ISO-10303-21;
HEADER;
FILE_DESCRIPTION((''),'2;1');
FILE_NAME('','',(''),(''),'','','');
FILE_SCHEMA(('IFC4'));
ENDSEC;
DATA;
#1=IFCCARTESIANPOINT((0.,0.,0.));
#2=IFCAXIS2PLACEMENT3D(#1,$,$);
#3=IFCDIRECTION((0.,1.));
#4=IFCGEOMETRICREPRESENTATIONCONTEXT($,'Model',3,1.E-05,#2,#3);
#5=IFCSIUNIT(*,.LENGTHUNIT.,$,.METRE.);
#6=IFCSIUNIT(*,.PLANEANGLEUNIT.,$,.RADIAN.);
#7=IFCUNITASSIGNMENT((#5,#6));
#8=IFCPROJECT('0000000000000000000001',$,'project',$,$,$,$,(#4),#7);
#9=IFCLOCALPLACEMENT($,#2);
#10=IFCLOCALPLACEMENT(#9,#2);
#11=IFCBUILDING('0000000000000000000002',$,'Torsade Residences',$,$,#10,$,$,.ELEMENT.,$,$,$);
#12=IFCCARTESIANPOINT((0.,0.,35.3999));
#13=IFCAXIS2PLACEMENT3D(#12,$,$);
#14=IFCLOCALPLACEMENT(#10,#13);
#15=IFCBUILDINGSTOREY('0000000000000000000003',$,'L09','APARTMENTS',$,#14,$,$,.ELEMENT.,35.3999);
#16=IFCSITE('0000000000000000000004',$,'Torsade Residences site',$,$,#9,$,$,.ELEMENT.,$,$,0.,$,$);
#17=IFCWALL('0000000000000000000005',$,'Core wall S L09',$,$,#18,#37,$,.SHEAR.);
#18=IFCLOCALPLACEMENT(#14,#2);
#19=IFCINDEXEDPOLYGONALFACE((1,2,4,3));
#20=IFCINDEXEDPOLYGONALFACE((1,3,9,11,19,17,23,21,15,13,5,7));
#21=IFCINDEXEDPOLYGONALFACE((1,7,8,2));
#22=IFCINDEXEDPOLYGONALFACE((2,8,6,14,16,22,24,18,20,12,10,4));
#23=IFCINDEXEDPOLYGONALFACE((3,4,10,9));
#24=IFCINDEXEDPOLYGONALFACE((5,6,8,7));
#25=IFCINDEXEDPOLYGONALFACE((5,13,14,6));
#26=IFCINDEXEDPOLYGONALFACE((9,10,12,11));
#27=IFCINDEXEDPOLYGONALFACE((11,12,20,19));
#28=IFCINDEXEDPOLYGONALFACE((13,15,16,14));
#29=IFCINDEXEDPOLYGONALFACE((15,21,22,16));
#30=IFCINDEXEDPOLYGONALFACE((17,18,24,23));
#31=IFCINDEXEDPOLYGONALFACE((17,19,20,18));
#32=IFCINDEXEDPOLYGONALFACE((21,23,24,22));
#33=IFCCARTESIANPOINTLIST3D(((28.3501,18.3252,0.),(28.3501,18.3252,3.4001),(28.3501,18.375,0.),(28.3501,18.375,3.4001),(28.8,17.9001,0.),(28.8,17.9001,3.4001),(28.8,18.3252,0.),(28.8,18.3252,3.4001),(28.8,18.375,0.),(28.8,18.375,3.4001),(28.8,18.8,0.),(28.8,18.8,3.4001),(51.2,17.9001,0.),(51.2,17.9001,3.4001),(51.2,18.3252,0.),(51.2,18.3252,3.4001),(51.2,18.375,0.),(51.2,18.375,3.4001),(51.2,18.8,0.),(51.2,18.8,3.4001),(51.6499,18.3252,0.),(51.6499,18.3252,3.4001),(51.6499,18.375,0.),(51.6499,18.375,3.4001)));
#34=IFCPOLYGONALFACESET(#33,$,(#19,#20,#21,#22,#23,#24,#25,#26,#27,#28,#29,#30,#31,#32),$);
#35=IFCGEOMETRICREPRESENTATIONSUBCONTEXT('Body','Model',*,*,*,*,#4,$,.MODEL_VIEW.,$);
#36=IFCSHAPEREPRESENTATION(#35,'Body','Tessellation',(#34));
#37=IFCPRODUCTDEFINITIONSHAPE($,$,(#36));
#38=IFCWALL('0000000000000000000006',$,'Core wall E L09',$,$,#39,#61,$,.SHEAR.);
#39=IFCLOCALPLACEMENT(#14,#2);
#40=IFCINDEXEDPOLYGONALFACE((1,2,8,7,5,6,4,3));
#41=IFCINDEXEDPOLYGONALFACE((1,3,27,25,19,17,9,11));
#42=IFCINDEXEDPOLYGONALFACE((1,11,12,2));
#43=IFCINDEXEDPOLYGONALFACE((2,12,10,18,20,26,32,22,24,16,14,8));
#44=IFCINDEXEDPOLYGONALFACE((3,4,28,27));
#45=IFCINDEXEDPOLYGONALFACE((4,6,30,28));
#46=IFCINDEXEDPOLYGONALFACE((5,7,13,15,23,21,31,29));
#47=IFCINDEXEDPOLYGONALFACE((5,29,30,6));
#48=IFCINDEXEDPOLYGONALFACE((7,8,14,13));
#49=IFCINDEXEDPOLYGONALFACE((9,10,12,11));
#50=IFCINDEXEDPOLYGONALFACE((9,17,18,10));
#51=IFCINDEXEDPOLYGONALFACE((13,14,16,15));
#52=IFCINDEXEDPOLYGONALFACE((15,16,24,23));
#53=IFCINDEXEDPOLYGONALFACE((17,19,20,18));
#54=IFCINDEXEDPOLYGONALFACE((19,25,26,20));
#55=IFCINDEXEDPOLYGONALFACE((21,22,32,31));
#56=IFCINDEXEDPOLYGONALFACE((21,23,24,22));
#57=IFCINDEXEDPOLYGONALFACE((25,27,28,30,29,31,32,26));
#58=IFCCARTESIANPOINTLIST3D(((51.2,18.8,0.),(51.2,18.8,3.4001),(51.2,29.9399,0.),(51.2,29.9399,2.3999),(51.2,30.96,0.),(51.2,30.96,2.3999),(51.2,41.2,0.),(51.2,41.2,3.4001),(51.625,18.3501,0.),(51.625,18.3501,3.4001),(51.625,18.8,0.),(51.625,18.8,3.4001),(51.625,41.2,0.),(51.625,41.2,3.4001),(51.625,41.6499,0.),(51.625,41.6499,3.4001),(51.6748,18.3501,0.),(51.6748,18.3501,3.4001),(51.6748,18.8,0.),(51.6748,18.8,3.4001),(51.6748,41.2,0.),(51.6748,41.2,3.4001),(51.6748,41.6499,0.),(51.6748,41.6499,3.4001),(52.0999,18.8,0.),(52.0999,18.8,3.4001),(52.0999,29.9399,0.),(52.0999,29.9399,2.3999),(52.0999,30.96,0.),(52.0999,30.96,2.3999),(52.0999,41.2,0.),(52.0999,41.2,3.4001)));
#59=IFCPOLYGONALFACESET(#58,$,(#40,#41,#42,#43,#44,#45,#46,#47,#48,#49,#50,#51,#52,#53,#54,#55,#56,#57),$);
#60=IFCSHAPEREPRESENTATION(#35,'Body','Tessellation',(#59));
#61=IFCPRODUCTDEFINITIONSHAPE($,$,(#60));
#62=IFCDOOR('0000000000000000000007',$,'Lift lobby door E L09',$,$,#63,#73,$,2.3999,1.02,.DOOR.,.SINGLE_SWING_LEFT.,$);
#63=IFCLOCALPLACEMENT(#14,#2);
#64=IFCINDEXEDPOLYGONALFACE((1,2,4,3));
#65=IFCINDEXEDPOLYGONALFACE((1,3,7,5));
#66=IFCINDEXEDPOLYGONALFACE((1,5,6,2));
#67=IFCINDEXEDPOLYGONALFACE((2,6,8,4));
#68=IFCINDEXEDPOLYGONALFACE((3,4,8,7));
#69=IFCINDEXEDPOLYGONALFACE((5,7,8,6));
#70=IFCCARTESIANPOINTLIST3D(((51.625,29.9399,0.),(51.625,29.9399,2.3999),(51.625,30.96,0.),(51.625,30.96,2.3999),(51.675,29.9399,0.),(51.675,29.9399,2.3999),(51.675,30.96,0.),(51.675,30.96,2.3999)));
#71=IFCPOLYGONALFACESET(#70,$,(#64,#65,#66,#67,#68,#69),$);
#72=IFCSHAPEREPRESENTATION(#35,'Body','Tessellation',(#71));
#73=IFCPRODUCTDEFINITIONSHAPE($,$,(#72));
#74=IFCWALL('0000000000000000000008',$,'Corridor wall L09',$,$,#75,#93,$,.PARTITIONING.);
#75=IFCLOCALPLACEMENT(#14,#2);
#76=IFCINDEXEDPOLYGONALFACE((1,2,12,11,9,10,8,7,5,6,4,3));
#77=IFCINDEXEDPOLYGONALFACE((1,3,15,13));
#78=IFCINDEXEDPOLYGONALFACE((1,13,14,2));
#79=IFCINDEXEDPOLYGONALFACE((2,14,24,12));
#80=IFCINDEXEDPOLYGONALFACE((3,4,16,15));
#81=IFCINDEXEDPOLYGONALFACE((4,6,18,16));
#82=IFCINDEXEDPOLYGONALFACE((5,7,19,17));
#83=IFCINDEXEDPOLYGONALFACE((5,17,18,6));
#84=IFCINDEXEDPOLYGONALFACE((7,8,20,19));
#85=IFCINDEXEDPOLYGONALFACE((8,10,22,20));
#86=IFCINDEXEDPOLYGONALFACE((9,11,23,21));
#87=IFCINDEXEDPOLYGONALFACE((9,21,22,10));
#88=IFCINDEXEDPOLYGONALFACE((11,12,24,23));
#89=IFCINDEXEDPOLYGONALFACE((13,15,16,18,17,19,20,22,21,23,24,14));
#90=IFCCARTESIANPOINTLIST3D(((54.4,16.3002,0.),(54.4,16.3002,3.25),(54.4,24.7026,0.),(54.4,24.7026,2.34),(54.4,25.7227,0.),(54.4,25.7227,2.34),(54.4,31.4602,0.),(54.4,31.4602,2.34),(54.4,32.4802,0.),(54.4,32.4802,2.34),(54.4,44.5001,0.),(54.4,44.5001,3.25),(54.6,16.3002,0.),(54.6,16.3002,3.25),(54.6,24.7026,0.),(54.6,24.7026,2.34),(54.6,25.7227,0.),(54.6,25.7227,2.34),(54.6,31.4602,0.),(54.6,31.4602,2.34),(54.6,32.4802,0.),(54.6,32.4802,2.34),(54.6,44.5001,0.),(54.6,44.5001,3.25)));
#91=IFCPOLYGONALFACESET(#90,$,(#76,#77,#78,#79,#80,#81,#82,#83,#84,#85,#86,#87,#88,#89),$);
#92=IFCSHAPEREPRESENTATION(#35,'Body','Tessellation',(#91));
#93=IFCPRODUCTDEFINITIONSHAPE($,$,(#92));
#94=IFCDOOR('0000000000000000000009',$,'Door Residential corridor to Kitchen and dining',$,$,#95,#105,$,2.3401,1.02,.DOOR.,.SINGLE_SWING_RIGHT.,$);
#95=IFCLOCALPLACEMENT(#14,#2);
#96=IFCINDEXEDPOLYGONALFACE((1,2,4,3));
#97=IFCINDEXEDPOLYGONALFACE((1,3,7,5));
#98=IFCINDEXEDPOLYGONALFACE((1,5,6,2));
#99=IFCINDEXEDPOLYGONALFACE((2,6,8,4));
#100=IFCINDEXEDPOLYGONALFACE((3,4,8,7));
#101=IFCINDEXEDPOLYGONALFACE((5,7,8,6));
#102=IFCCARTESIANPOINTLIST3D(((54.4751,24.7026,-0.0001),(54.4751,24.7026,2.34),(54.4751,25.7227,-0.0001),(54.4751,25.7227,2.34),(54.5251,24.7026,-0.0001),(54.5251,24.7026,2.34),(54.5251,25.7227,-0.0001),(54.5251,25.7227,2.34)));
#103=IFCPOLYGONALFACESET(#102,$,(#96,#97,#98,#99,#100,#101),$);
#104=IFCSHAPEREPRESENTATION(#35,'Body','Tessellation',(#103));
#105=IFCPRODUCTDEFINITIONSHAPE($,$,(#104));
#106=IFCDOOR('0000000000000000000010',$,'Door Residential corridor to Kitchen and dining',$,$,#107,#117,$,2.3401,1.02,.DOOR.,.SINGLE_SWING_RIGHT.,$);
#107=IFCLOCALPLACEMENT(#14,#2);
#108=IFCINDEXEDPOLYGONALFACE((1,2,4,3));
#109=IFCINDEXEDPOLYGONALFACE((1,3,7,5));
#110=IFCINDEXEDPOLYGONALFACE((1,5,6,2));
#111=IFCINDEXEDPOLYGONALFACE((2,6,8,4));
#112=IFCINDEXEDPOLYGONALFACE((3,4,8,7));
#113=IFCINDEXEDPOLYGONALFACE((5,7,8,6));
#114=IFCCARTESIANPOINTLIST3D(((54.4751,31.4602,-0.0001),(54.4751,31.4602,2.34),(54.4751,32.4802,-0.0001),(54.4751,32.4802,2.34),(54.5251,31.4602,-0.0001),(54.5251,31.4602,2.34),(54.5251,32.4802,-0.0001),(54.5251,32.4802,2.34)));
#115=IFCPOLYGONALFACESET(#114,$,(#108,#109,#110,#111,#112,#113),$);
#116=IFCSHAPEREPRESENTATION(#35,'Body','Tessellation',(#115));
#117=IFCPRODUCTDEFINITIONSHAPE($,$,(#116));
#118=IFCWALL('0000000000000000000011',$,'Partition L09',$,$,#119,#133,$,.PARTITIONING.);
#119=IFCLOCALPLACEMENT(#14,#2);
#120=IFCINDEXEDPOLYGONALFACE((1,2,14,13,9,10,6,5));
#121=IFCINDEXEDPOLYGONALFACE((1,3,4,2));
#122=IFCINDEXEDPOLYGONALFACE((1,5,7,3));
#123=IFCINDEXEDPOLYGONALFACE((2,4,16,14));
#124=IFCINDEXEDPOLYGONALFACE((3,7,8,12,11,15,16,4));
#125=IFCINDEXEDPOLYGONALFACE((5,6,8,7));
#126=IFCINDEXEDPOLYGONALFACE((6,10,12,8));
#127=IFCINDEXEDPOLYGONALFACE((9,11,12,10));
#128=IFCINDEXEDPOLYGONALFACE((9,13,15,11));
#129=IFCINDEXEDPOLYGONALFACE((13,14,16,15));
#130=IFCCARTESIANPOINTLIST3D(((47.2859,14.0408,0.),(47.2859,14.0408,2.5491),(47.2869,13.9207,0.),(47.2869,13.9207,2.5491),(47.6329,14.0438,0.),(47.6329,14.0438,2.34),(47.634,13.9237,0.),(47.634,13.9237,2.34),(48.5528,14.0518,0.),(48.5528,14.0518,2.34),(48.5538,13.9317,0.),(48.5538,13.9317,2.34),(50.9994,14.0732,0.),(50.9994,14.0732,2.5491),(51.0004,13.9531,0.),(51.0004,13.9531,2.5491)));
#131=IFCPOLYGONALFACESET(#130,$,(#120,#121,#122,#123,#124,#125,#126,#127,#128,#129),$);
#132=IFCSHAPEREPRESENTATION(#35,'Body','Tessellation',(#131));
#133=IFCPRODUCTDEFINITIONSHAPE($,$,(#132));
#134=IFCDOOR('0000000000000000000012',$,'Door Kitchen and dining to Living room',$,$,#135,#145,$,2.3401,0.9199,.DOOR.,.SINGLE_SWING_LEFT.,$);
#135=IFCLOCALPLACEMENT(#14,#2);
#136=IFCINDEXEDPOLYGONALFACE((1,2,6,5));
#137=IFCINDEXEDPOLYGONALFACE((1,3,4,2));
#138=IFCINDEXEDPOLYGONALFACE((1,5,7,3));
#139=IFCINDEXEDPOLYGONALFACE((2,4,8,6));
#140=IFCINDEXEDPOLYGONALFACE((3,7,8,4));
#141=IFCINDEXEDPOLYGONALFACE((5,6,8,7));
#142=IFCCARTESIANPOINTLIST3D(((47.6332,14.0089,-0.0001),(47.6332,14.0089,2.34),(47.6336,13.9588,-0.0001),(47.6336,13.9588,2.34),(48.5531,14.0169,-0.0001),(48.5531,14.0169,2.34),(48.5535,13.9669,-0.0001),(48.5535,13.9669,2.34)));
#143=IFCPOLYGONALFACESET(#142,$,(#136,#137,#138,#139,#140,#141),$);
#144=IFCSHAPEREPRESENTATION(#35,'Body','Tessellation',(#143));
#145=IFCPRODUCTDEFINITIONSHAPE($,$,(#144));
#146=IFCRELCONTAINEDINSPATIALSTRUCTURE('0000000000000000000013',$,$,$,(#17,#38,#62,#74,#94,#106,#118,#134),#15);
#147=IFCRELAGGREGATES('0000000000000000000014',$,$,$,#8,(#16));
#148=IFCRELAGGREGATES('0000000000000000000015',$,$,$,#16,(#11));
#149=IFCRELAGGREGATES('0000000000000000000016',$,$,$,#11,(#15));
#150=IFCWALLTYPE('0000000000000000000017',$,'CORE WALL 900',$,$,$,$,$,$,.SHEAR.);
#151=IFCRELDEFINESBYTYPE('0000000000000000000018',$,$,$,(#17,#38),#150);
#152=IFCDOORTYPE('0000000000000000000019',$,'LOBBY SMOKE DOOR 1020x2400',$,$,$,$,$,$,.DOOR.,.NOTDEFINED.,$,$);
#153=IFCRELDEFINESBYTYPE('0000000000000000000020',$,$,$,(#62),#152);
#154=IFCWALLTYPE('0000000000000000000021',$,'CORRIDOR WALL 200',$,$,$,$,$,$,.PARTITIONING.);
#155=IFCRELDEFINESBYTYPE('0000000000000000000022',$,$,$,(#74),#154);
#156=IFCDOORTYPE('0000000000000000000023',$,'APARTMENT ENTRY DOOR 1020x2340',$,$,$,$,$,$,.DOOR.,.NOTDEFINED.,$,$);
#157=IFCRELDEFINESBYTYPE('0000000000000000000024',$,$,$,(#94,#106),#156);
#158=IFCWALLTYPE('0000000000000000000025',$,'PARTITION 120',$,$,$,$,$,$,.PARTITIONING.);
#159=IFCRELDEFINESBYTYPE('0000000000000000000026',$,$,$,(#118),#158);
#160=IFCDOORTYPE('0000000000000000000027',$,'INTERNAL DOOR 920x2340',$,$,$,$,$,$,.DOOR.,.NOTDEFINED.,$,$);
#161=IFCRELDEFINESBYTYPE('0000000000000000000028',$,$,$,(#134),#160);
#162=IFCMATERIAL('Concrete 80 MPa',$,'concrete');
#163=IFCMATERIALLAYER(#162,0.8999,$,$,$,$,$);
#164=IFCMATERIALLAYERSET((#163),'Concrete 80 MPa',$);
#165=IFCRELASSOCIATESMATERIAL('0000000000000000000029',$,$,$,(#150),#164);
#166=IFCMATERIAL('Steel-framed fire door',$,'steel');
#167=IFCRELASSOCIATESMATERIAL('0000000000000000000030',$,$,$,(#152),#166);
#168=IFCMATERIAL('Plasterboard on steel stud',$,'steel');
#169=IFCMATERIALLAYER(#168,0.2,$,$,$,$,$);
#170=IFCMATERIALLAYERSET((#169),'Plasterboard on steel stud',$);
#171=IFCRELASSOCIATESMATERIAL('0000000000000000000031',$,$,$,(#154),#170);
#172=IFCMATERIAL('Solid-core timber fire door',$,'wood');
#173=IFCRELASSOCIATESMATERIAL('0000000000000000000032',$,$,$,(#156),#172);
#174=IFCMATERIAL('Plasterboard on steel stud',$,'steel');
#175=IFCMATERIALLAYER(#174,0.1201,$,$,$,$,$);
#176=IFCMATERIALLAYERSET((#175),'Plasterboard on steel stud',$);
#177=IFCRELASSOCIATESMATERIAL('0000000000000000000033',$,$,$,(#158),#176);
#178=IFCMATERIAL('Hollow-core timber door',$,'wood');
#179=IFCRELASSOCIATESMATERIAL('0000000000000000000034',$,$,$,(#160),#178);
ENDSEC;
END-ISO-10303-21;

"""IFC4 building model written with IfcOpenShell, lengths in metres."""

from ifc_helpers import new_model, si_unit, direction, frame, frame_2d, origin, place, context, subcontext, project, spatial, polyline, rectangle, outline, extrude, material, layer, layer_set, type_object, element, fill, save


model = new_model("IFC4")

# Units and contexts
model_context = context("Model", 3, precision=1e-05, world=origin(), true_north=direction((0.0, 1.0)))
body_context = subcontext(model_context, "Body", "Model", "MODEL_VIEW")
ifc_project = project(units=[si_unit("LENGTHUNIT", "METRE"), si_unit("PLANEANGLEUNIT", "RADIAN")], contexts=[model_context])

# Site, building, storey
site_placement = place(None, origin())
site = spatial("IfcSite", under=ifc_project, at=site_placement, Name="Torsade Residences site", CompositionType="ELEMENT", RefElevation=0.0)
building_placement = place(site_placement, origin())
building = spatial("IfcBuilding", under=site, at=building_placement, Name="Torsade Residences", CompositionType="ELEMENT")
storey_placement = place(building_placement, frame((0.0, 0.0, 35.3999)))
storey = spatial("IfcBuildingStorey", under=building, at=storey_placement, Name="L09", Description="APARTMENTS", CompositionType="ELEMENT", Elevation=35.3999)

# Wall
ifc_material_1 = material(Name="Concrete 80 MPa", Category="concrete")
ifc_layer_1 = layer(ifc_material_1, 0.8999)
ifc_layer_set_1 = layer_set([ifc_layer_1], Name="Concrete 80 MPa")
wall_type_1 = type_object("IfcWallType", Name="CORE WALL 900", PredefinedType="SHEAR", material=ifc_layer_set_1)
wall_1_placement = place(storey_placement, frame((51.2, 18.3501, 0.0), z_axis=(0.0, 0.0, 1.0), x_axis=(-1.0, 0.0, 0.0)))
element("IfcWall", 1, at=wall_1_placement, inside=storey, type_object=wall_type_1, Name="Core wall S L09", PredefinedType="SHEAR", context=body_context, shape_type="SweptSolid", body=[
    extrude(outline(polyline([(0.0, -0.45), (22.3999, -0.45), (22.3999, -0.0249), (22.8499, -0.0249), (22.8499, 0.0249), (22.3999, 0.0249), (22.3999, 0.45), (0.0, 0.45), (0.0, 0.0249), (-0.45, 0.0249), (-0.45, -0.0249), (0.0, -0.0249), (0.0, -0.45)])), origin(), (0.0, 0.0, 1.0), 3.4001),
])

# Wall, opening, door
wall_2_placement = place(storey_placement, frame((51.6499, 18.8, 0.0), z_axis=(0.0, 0.0, 1.0), x_axis=(0.0, 1.0, 0.0)))
wall_2 = element("IfcWall", 2, at=wall_2_placement, inside=storey, type_object=wall_type_1, Name="Core wall E L09", PredefinedType="SHEAR", context=body_context, shape_type="SweptSolid", body=[
    extrude(outline(polyline([(0.0, -0.45), (22.3999, -0.45), (22.3999, -0.0249), (22.8499, -0.0249), (22.8499, 0.0249), (22.3999, 0.0249), (22.3999, 0.45), (0.0, 0.45), (0.0, 0.0249), (-0.45, 0.0249), (-0.45, -0.0249), (0.0, -0.0249), (0.0, -0.45)])), origin(), (0.0, 0.0, 1.0), 3.4001),
])
opening_1_placement = place(wall_2_placement, frame((11.1399, 0.0, 0.0)))
opening_1 = element("IfcOpeningElement", 3, at=opening_1_placement, cuts=wall_2, PredefinedType="OPENING", context=body_context, shape_type="SweptSolid", body=[
    extrude(rectangle(XDim=1.02, YDim=2.3999, at=frame_2d((0.51, 1.2))), frame((0.0, 0.46, 0.0), z_axis=(0.0, -1.0, 0.0), x_axis=(1.0, 0.0, 0.0)), (0.0, 0.0, 1.0), 0.9199),
])
ifc_material_2 = material(Name="Steel-framed fire door", Category="steel")
door_type_1 = type_object("IfcDoorType", Name="LOBBY SMOKE DOOR 1020x2400", OperationType="NOTDEFINED", PredefinedType="DOOR", material=ifc_material_2)
door_1_placement = place(opening_1_placement, origin())
door_1 = element("IfcDoor", 4, at=door_1_placement, inside=storey, type_object=door_type_1, Name="Lift lobby door E L09", OperationType="SINGLE_SWING_LEFT", OverallHeight=2.3999, OverallWidth=1.02, PredefinedType="DOOR", context=body_context, shape_type="SweptSolid", body=[
    extrude(rectangle(XDim=1.02, YDim=2.3999, at=frame_2d((0.51, 1.2))), frame((0.0, 0.0249, 0.0), z_axis=(0.0, -1.0, 0.0), x_axis=(1.0, 0.0, 0.0)), (0.0, 0.0, 1.0), 0.05),
])
fill(opening_1, door_1)

# Wall, openings, doors
ifc_material_3 = material(Name="Plasterboard on steel stud", Category="steel")
ifc_layer_2 = layer(ifc_material_3, 0.2)
ifc_layer_set_2 = layer_set([ifc_layer_2], Name="Plasterboard on steel stud")
wall_type_2 = type_object("IfcWallType", Name="CORRIDOR WALL 200", PredefinedType="PARTITIONING", material=ifc_layer_set_2)
wall_3_placement = place(storey_placement, frame((54.5, 16.3, 0.0), z_axis=(0.0, 0.0, 1.0), x_axis=(0.0, 1.0, 0.0)))
wall_3 = element("IfcWall", 5, at=wall_3_placement, inside=storey, type_object=wall_type_2, Name="Corridor wall L09", PredefinedType="PARTITIONING", context=body_context, shape_type="SweptSolid", body=[
    extrude(rectangle(XDim=28.2, YDim=0.2, at=frame_2d((14.1001, 0.0))), origin(), (0.0, 0.0, 1.0), 3.25),
])
opening_2_placement = place(wall_3_placement, frame((8.4026, 0.0, 0.0)))
opening_2 = element("IfcOpeningElement", 6, at=opening_2_placement, cuts=wall_3, PredefinedType="OPENING", context=body_context, shape_type="SweptSolid", body=[
    extrude(rectangle(XDim=1.02, YDim=2.3401, at=frame_2d((0.51, 1.1699))), frame((0.0, 0.1099, 0.0), z_axis=(0.0, -1.0, 0.0), x_axis=(1.0, 0.0, 0.0)), (0.0, 0.0, 1.0), 0.22),
])
opening_3_placement = place(wall_3_placement, frame((15.1602, 0.0, 0.0)))
opening_3 = element("IfcOpeningElement", 7, at=opening_3_placement, cuts=wall_3, PredefinedType="OPENING", context=body_context, shape_type="SweptSolid", body=[
    extrude(rectangle(XDim=1.02, YDim=2.3401, at=frame_2d((0.51, 1.1699))), frame((0.0, 0.1099, 0.0), z_axis=(0.0, -1.0, 0.0), x_axis=(1.0, 0.0, 0.0)), (0.0, 0.0, 1.0), 0.22),
])
ifc_material_4 = material(Name="Solid-core timber fire door", Category="wood")
door_type_2 = type_object("IfcDoorType", Name="APARTMENT ENTRY DOOR 1020x2340", OperationType="NOTDEFINED", PredefinedType="DOOR", material=ifc_material_4)
door_2_placement = place(opening_2_placement, origin())
door_2 = element("IfcDoor", 8, at=door_2_placement, inside=storey, type_object=door_type_2, Name="Door Residential corridor to Kitchen and dining", OperationType="SINGLE_SWING_RIGHT", OverallHeight=2.3401, OverallWidth=1.02, PredefinedType="DOOR", context=body_context, shape_type="SweptSolid", body=[
    extrude(rectangle(XDim=1.02, YDim=2.3401, at=frame_2d((0.51, 1.1699))), frame((0.0, 0.0249, 0.0), z_axis=(0.0, -1.0, 0.0), x_axis=(1.0, 0.0, 0.0)), (0.0, 0.0, 1.0), 0.05),
])
fill(opening_2, door_2)
door_3_placement = place(opening_3_placement, origin())
door_3 = element("IfcDoor", 9, at=door_3_placement, inside=storey, type_object=door_type_2, Name="Door Residential corridor to Kitchen and dining", OperationType="SINGLE_SWING_RIGHT", OverallHeight=2.3401, OverallWidth=1.02, PredefinedType="DOOR", context=body_context, shape_type="SweptSolid", body=[
    extrude(rectangle(XDim=1.02, YDim=2.3401, at=frame_2d((0.51, 1.1699))), frame((0.0, 0.0249, 0.0), z_axis=(0.0, -1.0, 0.0), x_axis=(1.0, 0.0, 0.0)), (0.0, 0.0, 1.0), 0.05),
])
fill(opening_3, door_3)

# Wall, opening, door
ifc_material_5 = material(Name="Plasterboard on steel stud", Category="steel")
ifc_layer_3 = layer(ifc_material_5, 0.1201)
ifc_layer_set_3 = layer_set([ifc_layer_3], Name="Plasterboard on steel stud")
wall_type_3 = type_object("IfcWallType", Name="PARTITION 120", PredefinedType="PARTITIONING", material=ifc_layer_set_3)
wall_4_placement = place(storey_placement, frame((51.0, 14.0132, 0.0), z_axis=(0.0, 0.0, 1.0), x_axis=(-0.999962, -0.008744, 0.0)))
wall_4 = element("IfcWall", 10, at=wall_4_placement, inside=storey, type_object=wall_type_3, Name="Partition L09", PredefinedType="PARTITIONING", context=body_context, shape_type="SweptSolid", body=[
    extrude(rectangle(XDim=3.7136, YDim=0.1201, at=frame_2d((1.8569, 0.0))), origin(), (0.0, 0.0, 1.0), 2.5491),
])
opening_4_placement = place(wall_4_placement, frame((2.4468, 0.0, 0.0)))
opening_4 = element("IfcOpeningElement", 11, at=opening_4_placement, cuts=wall_4, PredefinedType="OPENING", context=body_context, shape_type="SweptSolid", body=[
    extrude(rectangle(XDim=0.9199, YDim=2.3401, at=frame_2d((0.46, 1.1699))), frame((0.0, 0.0701, 0.0), z_axis=(0.0, -1.0, 0.0), x_axis=(1.0, 0.0, 0.0)), (0.0, 0.0, 1.0), 0.1401),
])
ifc_material_6 = material(Name="Hollow-core timber door", Category="wood")
door_type_3 = type_object("IfcDoorType", Name="INTERNAL DOOR 920x2340", OperationType="NOTDEFINED", PredefinedType="DOOR", material=ifc_material_6)
door_4_placement = place(opening_4_placement, origin())
door_4 = element("IfcDoor", 12, at=door_4_placement, inside=storey, type_object=door_type_3, Name="Door Kitchen and dining to Living room", OperationType="SINGLE_SWING_LEFT", OverallHeight=2.3401, OverallWidth=0.9199, PredefinedType="DOOR", context=body_context, shape_type="SweptSolid", body=[
    extrude(rectangle(XDim=0.9199, YDim=2.3401, at=frame_2d((0.46, 1.1699))), frame((0.0, 0.0249, 0.0), z_axis=(0.0, -1.0, 0.0), x_axis=(1.0, 0.0, 0.0)), (0.0, 0.0, 1.0), 0.05),
])
fill(opening_4, door_4)

save(model, "model.ifc")
